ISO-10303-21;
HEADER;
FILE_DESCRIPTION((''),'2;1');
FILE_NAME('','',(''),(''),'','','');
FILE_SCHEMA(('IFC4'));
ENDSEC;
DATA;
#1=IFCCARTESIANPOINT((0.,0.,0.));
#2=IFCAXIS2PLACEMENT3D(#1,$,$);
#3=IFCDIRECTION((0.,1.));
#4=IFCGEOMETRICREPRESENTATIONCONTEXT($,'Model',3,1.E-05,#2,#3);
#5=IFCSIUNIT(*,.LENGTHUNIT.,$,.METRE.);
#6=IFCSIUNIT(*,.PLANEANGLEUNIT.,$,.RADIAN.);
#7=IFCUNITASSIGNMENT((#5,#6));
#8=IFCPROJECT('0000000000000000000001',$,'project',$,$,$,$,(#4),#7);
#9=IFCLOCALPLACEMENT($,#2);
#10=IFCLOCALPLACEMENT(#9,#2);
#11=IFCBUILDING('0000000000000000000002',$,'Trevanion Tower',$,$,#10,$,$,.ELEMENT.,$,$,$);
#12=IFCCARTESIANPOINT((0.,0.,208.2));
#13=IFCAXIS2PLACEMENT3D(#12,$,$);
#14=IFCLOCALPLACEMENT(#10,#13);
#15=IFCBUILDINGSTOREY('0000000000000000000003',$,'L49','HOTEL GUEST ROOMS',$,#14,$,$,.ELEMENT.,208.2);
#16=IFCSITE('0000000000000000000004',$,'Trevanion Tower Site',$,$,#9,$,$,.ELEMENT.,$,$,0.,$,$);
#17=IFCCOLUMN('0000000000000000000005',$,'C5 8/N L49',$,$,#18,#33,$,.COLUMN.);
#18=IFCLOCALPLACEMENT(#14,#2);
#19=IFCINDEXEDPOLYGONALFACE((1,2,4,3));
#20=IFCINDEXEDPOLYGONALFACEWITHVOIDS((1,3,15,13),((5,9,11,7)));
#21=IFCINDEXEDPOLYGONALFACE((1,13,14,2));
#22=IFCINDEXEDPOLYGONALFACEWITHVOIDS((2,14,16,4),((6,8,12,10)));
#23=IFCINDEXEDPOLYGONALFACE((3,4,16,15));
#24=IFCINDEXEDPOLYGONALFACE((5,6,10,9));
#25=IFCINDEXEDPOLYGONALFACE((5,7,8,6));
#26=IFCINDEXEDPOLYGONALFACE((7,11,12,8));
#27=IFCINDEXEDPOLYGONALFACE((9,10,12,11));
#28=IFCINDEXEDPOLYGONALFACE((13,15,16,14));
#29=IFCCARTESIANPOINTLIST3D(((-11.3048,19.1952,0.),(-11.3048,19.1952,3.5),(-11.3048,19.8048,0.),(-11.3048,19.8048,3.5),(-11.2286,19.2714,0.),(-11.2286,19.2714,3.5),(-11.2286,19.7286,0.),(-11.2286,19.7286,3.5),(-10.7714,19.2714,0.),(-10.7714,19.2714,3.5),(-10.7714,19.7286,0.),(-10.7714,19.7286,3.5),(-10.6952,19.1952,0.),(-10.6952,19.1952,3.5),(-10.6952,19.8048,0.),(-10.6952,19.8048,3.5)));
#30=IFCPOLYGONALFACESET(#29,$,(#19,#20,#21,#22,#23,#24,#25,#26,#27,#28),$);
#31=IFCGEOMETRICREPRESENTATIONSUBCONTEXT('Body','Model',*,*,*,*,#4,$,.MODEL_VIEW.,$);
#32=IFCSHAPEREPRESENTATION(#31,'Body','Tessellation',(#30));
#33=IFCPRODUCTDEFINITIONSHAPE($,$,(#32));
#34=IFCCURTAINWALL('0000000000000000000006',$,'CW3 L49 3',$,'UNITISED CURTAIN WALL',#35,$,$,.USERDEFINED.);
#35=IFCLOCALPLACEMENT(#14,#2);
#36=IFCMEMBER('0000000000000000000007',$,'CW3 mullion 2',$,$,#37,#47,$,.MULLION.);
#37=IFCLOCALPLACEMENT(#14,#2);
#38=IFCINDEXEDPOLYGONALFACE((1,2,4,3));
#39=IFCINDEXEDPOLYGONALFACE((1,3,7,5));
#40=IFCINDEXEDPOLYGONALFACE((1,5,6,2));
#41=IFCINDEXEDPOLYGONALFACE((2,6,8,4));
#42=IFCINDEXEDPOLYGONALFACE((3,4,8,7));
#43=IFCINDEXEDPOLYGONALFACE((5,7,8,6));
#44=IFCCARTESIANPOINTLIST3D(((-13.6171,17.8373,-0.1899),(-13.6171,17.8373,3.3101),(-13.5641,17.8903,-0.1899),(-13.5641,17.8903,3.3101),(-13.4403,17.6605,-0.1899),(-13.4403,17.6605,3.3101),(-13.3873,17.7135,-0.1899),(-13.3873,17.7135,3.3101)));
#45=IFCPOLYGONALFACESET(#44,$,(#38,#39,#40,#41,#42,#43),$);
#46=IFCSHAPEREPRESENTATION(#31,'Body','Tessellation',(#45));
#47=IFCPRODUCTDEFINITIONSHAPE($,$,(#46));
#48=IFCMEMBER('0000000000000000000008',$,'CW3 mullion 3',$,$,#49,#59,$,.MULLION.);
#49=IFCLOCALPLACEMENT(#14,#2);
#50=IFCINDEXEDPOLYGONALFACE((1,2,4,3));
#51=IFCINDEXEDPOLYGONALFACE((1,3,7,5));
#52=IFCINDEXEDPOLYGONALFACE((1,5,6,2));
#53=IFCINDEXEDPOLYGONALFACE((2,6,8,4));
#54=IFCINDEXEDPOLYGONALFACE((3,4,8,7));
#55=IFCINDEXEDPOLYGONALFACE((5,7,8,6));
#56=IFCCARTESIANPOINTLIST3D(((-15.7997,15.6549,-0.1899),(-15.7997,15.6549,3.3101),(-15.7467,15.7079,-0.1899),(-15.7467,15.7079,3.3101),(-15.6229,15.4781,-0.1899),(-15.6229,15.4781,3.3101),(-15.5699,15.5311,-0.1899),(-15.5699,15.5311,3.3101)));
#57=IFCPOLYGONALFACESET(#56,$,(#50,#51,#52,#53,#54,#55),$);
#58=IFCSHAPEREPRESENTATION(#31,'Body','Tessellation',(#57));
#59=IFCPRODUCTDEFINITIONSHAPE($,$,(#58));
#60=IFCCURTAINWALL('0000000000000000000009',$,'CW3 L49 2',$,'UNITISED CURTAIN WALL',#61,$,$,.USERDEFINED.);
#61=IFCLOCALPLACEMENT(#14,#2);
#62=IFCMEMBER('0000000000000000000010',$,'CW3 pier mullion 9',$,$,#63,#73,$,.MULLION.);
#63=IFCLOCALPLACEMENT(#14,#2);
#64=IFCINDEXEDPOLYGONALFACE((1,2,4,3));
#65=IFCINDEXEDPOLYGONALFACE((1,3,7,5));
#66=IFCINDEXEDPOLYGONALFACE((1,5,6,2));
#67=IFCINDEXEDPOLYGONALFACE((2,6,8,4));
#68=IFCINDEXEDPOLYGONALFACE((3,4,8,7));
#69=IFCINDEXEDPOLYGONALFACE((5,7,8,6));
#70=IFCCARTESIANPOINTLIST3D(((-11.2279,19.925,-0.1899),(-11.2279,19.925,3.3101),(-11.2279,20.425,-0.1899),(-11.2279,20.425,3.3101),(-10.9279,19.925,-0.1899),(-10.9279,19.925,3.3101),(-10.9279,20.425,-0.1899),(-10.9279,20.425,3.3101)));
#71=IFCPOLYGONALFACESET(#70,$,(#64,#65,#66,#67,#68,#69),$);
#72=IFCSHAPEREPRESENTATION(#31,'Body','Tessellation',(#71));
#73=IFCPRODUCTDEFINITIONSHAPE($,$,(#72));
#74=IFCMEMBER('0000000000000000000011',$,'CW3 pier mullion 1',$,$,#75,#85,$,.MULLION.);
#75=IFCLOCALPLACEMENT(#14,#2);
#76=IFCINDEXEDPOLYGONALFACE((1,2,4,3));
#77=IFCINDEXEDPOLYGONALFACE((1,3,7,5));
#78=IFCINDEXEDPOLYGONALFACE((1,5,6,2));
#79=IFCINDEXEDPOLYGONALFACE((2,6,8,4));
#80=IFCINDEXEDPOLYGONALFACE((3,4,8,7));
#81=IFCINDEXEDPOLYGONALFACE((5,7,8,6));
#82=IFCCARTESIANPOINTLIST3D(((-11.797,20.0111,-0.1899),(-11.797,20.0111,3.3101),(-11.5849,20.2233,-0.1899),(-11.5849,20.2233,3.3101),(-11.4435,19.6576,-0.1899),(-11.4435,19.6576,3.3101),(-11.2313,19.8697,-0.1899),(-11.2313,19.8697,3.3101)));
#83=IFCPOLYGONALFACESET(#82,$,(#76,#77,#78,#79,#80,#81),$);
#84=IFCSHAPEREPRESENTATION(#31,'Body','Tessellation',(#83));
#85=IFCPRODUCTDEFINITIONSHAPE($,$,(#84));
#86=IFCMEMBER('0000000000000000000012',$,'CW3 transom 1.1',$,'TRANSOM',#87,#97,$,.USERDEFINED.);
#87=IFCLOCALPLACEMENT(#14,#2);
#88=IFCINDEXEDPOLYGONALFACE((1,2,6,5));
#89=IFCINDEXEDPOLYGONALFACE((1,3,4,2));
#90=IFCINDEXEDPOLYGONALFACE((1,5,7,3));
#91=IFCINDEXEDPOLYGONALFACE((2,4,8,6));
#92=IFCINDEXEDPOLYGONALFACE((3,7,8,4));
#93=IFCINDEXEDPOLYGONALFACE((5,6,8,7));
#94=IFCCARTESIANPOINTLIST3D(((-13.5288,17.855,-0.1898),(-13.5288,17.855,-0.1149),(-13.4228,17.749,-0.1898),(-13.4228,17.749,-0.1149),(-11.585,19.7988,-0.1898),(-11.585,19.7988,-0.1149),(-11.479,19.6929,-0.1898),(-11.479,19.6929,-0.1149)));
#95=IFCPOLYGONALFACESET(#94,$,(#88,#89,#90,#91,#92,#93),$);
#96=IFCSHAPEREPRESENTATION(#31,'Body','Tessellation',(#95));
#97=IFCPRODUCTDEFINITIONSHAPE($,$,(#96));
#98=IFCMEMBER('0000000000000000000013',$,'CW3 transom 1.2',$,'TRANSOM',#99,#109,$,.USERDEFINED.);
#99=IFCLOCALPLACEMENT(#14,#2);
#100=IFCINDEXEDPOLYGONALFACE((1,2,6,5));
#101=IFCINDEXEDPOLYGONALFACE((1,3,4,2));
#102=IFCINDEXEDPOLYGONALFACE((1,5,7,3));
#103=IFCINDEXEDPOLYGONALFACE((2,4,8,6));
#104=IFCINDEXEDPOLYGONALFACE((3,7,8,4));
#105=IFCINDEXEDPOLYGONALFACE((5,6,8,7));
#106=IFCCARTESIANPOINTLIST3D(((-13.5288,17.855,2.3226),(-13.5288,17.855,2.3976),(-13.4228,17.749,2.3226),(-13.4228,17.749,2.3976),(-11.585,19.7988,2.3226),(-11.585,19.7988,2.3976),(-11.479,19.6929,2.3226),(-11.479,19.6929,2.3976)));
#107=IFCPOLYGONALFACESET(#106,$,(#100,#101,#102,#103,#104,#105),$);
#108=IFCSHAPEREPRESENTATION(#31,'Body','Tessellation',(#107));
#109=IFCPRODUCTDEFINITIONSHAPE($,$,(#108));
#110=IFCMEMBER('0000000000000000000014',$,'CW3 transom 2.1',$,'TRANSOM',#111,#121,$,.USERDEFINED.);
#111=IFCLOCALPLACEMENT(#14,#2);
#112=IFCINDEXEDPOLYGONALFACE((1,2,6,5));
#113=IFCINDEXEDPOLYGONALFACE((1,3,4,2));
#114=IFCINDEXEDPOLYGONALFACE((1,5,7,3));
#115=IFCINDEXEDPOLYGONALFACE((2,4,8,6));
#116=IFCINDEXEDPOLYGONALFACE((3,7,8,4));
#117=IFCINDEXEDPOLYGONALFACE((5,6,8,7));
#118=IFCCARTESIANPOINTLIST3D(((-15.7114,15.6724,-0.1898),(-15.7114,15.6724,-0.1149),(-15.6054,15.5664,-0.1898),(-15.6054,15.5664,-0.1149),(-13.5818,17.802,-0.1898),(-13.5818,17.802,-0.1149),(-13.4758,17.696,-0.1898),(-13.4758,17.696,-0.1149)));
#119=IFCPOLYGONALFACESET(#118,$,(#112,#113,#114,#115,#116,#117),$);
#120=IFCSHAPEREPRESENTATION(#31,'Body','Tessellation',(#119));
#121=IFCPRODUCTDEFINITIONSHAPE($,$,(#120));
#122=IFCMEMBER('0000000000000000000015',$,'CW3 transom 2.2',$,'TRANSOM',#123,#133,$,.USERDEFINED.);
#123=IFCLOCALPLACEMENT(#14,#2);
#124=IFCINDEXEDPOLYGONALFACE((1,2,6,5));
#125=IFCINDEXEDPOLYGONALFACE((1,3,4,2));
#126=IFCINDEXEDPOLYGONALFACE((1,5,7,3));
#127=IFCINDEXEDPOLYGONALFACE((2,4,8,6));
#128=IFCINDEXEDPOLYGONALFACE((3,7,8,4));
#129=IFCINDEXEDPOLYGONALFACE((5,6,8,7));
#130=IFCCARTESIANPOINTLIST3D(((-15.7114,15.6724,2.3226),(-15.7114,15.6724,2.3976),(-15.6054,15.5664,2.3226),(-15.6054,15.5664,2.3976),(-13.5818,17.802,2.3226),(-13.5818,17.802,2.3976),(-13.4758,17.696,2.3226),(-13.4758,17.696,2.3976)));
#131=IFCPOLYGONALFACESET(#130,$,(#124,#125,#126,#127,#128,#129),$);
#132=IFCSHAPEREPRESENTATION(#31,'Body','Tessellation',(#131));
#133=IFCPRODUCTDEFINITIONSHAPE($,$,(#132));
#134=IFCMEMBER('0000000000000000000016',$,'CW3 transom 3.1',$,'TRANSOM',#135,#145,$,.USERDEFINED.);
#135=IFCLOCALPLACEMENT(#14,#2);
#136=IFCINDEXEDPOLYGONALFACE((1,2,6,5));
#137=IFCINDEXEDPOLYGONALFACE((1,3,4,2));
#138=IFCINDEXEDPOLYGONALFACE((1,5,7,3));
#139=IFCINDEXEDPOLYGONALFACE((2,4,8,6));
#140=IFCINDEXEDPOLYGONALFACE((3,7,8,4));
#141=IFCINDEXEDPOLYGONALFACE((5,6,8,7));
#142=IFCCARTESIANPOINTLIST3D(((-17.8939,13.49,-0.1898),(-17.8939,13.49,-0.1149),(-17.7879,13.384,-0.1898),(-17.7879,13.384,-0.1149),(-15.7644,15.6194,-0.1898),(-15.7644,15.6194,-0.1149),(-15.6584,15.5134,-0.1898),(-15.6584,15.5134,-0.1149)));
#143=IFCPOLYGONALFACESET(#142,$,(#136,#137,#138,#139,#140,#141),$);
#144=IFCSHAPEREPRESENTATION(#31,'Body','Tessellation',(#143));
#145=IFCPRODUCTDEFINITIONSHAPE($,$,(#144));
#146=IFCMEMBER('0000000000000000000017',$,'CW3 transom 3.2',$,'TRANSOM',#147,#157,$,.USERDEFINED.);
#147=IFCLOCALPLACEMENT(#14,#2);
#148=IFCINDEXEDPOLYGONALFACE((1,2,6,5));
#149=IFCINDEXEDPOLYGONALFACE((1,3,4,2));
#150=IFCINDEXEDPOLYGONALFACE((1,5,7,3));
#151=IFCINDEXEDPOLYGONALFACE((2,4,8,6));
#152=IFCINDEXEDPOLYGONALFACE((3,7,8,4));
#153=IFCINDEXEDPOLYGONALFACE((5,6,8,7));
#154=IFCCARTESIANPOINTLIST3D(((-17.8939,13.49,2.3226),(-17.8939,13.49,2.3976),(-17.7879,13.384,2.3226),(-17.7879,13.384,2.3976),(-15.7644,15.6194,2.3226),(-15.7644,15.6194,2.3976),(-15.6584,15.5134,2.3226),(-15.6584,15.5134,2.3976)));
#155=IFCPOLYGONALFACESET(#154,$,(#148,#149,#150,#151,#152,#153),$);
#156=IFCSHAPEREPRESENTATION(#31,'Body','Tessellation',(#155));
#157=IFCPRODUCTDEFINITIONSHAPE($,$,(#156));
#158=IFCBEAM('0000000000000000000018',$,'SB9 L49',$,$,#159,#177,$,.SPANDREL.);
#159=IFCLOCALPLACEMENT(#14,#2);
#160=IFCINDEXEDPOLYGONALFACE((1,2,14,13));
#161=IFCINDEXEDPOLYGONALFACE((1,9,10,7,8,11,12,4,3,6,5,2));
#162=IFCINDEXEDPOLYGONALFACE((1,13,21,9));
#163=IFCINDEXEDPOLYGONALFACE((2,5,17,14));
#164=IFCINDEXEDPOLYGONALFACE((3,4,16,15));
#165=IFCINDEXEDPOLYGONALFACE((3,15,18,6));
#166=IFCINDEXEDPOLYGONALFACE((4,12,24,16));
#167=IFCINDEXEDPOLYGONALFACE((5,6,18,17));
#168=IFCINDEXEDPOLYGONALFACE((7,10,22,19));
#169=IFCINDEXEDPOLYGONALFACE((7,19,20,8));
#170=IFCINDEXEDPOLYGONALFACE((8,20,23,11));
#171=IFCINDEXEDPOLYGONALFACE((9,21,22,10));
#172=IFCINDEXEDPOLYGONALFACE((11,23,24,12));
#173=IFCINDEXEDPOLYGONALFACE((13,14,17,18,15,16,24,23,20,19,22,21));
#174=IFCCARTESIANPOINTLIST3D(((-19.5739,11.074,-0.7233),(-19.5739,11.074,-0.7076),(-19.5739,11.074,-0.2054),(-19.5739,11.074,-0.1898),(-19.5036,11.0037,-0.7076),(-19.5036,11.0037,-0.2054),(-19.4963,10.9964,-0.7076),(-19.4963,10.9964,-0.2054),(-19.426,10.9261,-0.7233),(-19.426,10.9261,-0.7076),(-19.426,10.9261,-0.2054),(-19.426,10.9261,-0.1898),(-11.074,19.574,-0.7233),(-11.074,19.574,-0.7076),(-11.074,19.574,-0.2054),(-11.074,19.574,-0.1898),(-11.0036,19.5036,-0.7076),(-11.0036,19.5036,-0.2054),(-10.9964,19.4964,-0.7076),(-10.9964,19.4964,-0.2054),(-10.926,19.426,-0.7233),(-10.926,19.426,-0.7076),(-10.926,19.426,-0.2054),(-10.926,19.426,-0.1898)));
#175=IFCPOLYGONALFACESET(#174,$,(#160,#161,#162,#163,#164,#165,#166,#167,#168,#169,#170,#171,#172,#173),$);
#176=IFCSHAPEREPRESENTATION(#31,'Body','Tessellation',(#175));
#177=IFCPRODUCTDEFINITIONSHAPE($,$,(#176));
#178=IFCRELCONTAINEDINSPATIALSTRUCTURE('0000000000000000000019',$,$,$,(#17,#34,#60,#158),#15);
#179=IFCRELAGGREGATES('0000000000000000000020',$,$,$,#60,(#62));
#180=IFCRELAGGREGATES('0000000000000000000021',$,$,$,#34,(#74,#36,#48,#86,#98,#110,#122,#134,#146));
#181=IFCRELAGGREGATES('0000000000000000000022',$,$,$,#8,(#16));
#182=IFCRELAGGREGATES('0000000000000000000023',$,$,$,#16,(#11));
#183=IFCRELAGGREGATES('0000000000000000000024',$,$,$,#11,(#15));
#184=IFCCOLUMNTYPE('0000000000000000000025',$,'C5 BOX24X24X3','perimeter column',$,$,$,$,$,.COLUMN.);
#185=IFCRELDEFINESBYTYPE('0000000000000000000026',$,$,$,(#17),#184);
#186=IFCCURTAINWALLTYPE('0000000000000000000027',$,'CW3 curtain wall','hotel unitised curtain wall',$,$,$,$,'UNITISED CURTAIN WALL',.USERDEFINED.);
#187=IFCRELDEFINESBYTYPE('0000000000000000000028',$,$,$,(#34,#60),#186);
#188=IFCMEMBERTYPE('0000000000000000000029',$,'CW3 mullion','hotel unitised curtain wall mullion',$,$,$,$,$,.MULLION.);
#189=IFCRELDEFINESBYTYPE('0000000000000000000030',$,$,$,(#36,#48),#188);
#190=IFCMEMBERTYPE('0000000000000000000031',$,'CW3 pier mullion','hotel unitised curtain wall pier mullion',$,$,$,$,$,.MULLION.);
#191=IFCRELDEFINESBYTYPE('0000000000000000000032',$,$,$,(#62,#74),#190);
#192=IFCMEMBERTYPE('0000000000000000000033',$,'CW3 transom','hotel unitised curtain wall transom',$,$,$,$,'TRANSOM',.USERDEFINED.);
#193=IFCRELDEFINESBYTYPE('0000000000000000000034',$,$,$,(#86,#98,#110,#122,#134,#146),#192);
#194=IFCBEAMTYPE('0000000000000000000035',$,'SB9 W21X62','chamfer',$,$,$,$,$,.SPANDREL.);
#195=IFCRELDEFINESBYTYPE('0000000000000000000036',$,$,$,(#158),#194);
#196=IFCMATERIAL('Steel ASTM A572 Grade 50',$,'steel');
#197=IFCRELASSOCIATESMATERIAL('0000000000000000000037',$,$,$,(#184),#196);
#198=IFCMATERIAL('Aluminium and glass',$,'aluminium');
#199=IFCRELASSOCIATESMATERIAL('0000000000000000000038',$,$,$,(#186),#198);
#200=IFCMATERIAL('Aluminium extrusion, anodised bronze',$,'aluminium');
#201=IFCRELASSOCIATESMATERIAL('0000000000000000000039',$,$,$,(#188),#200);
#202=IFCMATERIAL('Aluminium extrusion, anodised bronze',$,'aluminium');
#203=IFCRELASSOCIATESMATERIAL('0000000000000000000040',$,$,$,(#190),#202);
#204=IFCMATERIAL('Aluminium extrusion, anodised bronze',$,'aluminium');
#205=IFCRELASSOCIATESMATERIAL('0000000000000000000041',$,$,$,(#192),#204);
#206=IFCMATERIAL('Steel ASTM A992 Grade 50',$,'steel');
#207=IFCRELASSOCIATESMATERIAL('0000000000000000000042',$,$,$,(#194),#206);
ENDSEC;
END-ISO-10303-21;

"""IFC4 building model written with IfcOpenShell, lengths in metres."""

from ifc_helpers import new_model, si_unit, direction, frame, origin, origin_2d, place, context, subcontext, project, spatial, rectangle, hollow_rectangle, i_section, extrude, material, material_profile, profile_set, type_object, element, aggregate, save


model = new_model("IFC4")

# Units and contexts
model_context = context("Model", 3, precision=1e-05, world=origin(), true_north=direction((0.0, 1.0)))
body_context = subcontext(model_context, "Body", "Model", "MODEL_VIEW")
ifc_project = project(units=[si_unit("LENGTHUNIT", "METRE"), si_unit("PLANEANGLEUNIT", "RADIAN")], contexts=[model_context])

# Site, building, storey
site_placement = place(None, origin())
site = spatial("IfcSite", under=ifc_project, at=site_placement, Name="Trevanion Tower Site", CompositionType="ELEMENT", RefElevation=0.0)
building_placement = place(site_placement, origin())
building = spatial("IfcBuilding", under=site, at=building_placement, Name="Trevanion Tower", CompositionType="ELEMENT")
storey_placement = place(building_placement, frame((0.0, 0.0, 208.2)))
storey = spatial("IfcBuildingStorey", under=building, at=storey_placement, Name="L49", Description="HOTEL GUEST ROOMS", CompositionType="ELEMENT", Elevation=208.2)

# Column
ifc_material_1 = material(Name="Steel ASTM A572 Grade 50", Category="steel")
ifc_material_profile_1 = material_profile(ifc_material_1, hollow_rectangle(XDim=0.6096, YDim=0.6096, WallThickness=0.0762, at=origin_2d()), Name="BOX24X24X3")
ifc_profile_set_1 = profile_set([ifc_material_profile_1], Name="Steel ASTM A572 Grade 50")
column_type = type_object("IfcColumnType", Name="C5 BOX24X24X3", Description="perimeter column", PredefinedType="COLUMN", material=ifc_profile_set_1)
column_placement = place(storey_placement, frame((-11.0, 19.5, 0.0), z_axis=(0.0, 0.0, 1.0), x_axis=(1.0, 0.0, 0.0)))
element("IfcColumn", 1, at=column_placement, inside=storey, type_object=column_type, Name="C5 8/N L49", PredefinedType="COLUMN", context=body_context, shape_type="SweptSolid", body=[
    extrude(hollow_rectangle(XDim=0.6096, YDim=0.6096, WallThickness=0.0762, at=origin_2d()), origin(), (0.0, 0.0, 1.0), 3.5),
])

# Curtain wall, members
ifc_material_2 = material(Name="Aluminium and glass", Category="aluminium")
curtain_wall_type = type_object("IfcCurtainWallType", Name="CW3 curtain wall", Description="hotel unitised curtain wall", ElementType="UNITISED CURTAIN WALL", PredefinedType="USERDEFINED", material=ifc_material_2)
curtain_wall_1_placement = place(storey_placement, origin())
curtain_wall_1 = element("IfcCurtainWall", 2, at=curtain_wall_1_placement, inside=storey, type_object=curtain_wall_type, Name="CW3 L49 3", ObjectType="UNITISED CURTAIN WALL", PredefinedType="USERDEFINED")
ifc_material_3 = material(Name="Aluminium extrusion, anodised bronze", Category="aluminium")
ifc_material_profile_2 = material_profile(ifc_material_3, rectangle(XDim=0.075, YDim=0.25, at=origin_2d()), Name="CW3 mullion")
ifc_profile_set_2 = profile_set([ifc_material_profile_2], Name="Aluminium extrusion, anodised bronze")
member_type_1 = type_object("IfcMemberType", Name="CW3 mullion", Description="hotel unitised curtain wall mullion", PredefinedType="MULLION", material=ifc_profile_set_2)
member_1_placement = place(storey_placement, frame((-13.5022, 17.7754, -0.1899), z_axis=(0.0, 0.0, 1.0), x_axis=(-0.707107, -0.707107, 0.0)))
member_1 = element("IfcMember", 3, at=member_1_placement, type_object=member_type_1, Name="CW3 mullion 2", PredefinedType="MULLION", context=body_context, shape_type="SweptSolid", body=[
    extrude(rectangle(XDim=0.075, YDim=0.25, at=origin_2d()), origin(), (0.0, 0.0, 1.0), 3.5),
])
member_2_placement = place(storey_placement, frame((-15.6848, 15.593, -0.1899), z_axis=(0.0, 0.0, 1.0), x_axis=(-0.707107, -0.707107, 0.0)))
member_2 = element("IfcMember", 4, at=member_2_placement, type_object=member_type_1, Name="CW3 mullion 3", PredefinedType="MULLION", context=body_context, shape_type="SweptSolid", body=[
    extrude(rectangle(XDim=0.075, YDim=0.25, at=origin_2d()), origin(), (0.0, 0.0, 1.0), 3.5),
])

# Curtain wall, member
curtain_wall_2_placement = place(storey_placement, origin())
curtain_wall_2 = element("IfcCurtainWall", 5, at=curtain_wall_2_placement, inside=storey, type_object=curtain_wall_type, Name="CW3 L49 2", ObjectType="UNITISED CURTAIN WALL", PredefinedType="USERDEFINED")
ifc_material_4 = material(Name="Aluminium extrusion, anodised bronze", Category="aluminium")
ifc_material_profile_3 = material_profile(ifc_material_4, rectangle(XDim=0.3, YDim=0.5, at=origin_2d()), Name="CW3 pier mullion")
ifc_profile_set_3 = profile_set([ifc_material_profile_3], Name="Aluminium extrusion, anodised bronze")
member_type_2 = type_object("IfcMemberType", Name="CW3 pier mullion", Description="hotel unitised curtain wall pier mullion", PredefinedType="MULLION", material=ifc_profile_set_3)
member_3_placement = place(storey_placement, frame((-11.0779, 20.175, -0.1899), z_axis=(0.0, 0.0, 1.0), x_axis=(-1.0, 0.0, 0.0)))
member_3 = element("IfcMember", 6, at=member_3_placement, type_object=member_type_2, Name="CW3 pier mullion 9", PredefinedType="MULLION", context=body_context, shape_type="SweptSolid", body=[
    extrude(rectangle(XDim=0.3, YDim=0.5, at=origin_2d()), origin(), (0.0, 0.0, 1.0), 3.5),
])
aggregate(curtain_wall_2, [member_3])

# Members
member_4_placement = place(storey_placement, frame((-11.5142, 19.9404, -0.1899), z_axis=(0.0, 0.0, 1.0), x_axis=(-0.707107, -0.707107, 0.0)))
member_4 = element("IfcMember", 7, at=member_4_placement, type_object=member_type_2, Name="CW3 pier mullion 1", PredefinedType="MULLION", context=body_context, shape_type="SweptSolid", body=[
    extrude(rectangle(XDim=0.3, YDim=0.5, at=origin_2d()), origin(), (0.0, 0.0, 1.0), 3.5),
])
ifc_material_5 = material(Name="Aluminium extrusion, anodised bronze", Category="aluminium")
ifc_material_profile_4 = material_profile(ifc_material_5, rectangle(XDim=0.1499, YDim=0.075, at=origin_2d()), Name="CW3 transom")
ifc_profile_set_4 = profile_set([ifc_material_profile_4], Name="Aluminium extrusion, anodised bronze")
member_type_3 = type_object("IfcMemberType", Name="CW3 transom", Description="hotel unitised curtain wall transom", ElementType="TRANSOM", PredefinedType="USERDEFINED", material=ifc_profile_set_4)
member_5_placement = place(storey_placement, frame((-11.532, 19.7458, -0.1523), z_axis=(-0.707107, -0.707107, 0.0), x_axis=(0.707107, -0.707107, 0.0)))
member_5 = element("IfcMember", 8, at=member_5_placement, type_object=member_type_3, Name="CW3 transom 1.1", ObjectType="TRANSOM", PredefinedType="USERDEFINED", context=body_context, shape_type="SweptSolid", body=[
    extrude(rectangle(XDim=0.1499, YDim=0.075, at=origin_2d()), origin(), (0.0, 0.0, 1.0), 2.749),
])
member_6_placement = place(storey_placement, frame((-11.532, 19.7458, 2.3601), z_axis=(-0.707107, -0.707107, 0.0), x_axis=(0.707107, -0.707107, 0.0)))
member_6 = element("IfcMember", 9, at=member_6_placement, type_object=member_type_3, Name="CW3 transom 1.2", ObjectType="TRANSOM", PredefinedType="USERDEFINED", context=body_context, shape_type="SweptSolid", body=[
    extrude(rectangle(XDim=0.1499, YDim=0.075, at=origin_2d()), origin(), (0.0, 0.0, 1.0), 2.749),
])
member_7_placement = place(storey_placement, frame((-13.5288, 17.749, -0.1523), z_axis=(-0.707107, -0.707107, 0.0), x_axis=(0.707107, -0.707107, 0.0)))
member_7 = element("IfcMember", 10, at=member_7_placement, type_object=member_type_3, Name="CW3 transom 2.1", ObjectType="TRANSOM", PredefinedType="USERDEFINED", context=body_context, shape_type="SweptSolid", body=[
    extrude(rectangle(XDim=0.1499, YDim=0.075, at=origin_2d()), origin(), (0.0, 0.0, 1.0), 3.0117),
])
member_8_placement = place(storey_placement, frame((-13.5288, 17.749, 2.3601), z_axis=(-0.707107, -0.707107, 0.0), x_axis=(0.707107, -0.707107, 0.0)))
member_8 = element("IfcMember", 11, at=member_8_placement, type_object=member_type_3, Name="CW3 transom 2.2", ObjectType="TRANSOM", PredefinedType="USERDEFINED", context=body_context, shape_type="SweptSolid", body=[
    extrude(rectangle(XDim=0.1499, YDim=0.075, at=origin_2d()), origin(), (0.0, 0.0, 1.0), 3.0117),
])
member_9_placement = place(storey_placement, frame((-15.7114, 15.5664, -0.1523), z_axis=(-0.707107, -0.707107, 0.0), x_axis=(0.707107, -0.707107, 0.0)))
member_9 = element("IfcMember", 12, at=member_9_placement, type_object=member_type_3, Name="CW3 transom 3.1", ObjectType="TRANSOM", PredefinedType="USERDEFINED", context=body_context, shape_type="SweptSolid", body=[
    extrude(rectangle(XDim=0.1499, YDim=0.075, at=origin_2d()), origin(), (0.0, 0.0, 1.0), 3.0115),
])
member_10_placement = place(storey_placement, frame((-15.7114, 15.5664, 2.3601), z_axis=(-0.707107, -0.707107, 0.0), x_axis=(0.707107, -0.707107, 0.0)))
member_10 = element("IfcMember", 13, at=member_10_placement, type_object=member_type_3, Name="CW3 transom 3.2", ObjectType="TRANSOM", PredefinedType="USERDEFINED", context=body_context, shape_type="SweptSolid", body=[
    extrude(rectangle(XDim=0.1499, YDim=0.075, at=origin_2d()), origin(), (0.0, 0.0, 1.0), 3.0115),
])

# Beam
ifc_material_6 = material(Name="Steel ASTM A992 Grade 50", Category="steel")
ifc_material_profile_5 = material_profile(ifc_material_6, i_section(OverallWidth=0.2092, OverallDepth=0.5334, WebThickness=0.0103, FlangeThickness=0.0156, at=origin_2d()), Name="W21X62")
ifc_profile_set_5 = profile_set([ifc_material_profile_5], Name="Steel ASTM A992 Grade 50")
beam_type = type_object("IfcBeamType", Name="SB9 W21X62", Description="chamfer", PredefinedType="SPANDREL", material=ifc_profile_set_5)
beam_placement = place(storey_placement, frame((-11.0, 19.5, -0.4565), z_axis=(-0.707107, -0.707107, 0.0), x_axis=(0.707107, -0.707107, 0.0)))
element("IfcBeam", 14, at=beam_placement, inside=storey, type_object=beam_type, Name="SB9 L49", PredefinedType="SPANDREL", context=body_context, shape_type="SweptSolid", body=[
    extrude(i_section(OverallWidth=0.2092, OverallDepth=0.5334, WebThickness=0.0103, FlangeThickness=0.0156, at=origin_2d()), origin(), (0.0, 0.0, 1.0), 12.0208),
])

aggregate(curtain_wall_1, [member_4, member_1, member_2, member_5, member_6, member_7, member_8, member_9, member_10])

save(model, "model.ifc")
